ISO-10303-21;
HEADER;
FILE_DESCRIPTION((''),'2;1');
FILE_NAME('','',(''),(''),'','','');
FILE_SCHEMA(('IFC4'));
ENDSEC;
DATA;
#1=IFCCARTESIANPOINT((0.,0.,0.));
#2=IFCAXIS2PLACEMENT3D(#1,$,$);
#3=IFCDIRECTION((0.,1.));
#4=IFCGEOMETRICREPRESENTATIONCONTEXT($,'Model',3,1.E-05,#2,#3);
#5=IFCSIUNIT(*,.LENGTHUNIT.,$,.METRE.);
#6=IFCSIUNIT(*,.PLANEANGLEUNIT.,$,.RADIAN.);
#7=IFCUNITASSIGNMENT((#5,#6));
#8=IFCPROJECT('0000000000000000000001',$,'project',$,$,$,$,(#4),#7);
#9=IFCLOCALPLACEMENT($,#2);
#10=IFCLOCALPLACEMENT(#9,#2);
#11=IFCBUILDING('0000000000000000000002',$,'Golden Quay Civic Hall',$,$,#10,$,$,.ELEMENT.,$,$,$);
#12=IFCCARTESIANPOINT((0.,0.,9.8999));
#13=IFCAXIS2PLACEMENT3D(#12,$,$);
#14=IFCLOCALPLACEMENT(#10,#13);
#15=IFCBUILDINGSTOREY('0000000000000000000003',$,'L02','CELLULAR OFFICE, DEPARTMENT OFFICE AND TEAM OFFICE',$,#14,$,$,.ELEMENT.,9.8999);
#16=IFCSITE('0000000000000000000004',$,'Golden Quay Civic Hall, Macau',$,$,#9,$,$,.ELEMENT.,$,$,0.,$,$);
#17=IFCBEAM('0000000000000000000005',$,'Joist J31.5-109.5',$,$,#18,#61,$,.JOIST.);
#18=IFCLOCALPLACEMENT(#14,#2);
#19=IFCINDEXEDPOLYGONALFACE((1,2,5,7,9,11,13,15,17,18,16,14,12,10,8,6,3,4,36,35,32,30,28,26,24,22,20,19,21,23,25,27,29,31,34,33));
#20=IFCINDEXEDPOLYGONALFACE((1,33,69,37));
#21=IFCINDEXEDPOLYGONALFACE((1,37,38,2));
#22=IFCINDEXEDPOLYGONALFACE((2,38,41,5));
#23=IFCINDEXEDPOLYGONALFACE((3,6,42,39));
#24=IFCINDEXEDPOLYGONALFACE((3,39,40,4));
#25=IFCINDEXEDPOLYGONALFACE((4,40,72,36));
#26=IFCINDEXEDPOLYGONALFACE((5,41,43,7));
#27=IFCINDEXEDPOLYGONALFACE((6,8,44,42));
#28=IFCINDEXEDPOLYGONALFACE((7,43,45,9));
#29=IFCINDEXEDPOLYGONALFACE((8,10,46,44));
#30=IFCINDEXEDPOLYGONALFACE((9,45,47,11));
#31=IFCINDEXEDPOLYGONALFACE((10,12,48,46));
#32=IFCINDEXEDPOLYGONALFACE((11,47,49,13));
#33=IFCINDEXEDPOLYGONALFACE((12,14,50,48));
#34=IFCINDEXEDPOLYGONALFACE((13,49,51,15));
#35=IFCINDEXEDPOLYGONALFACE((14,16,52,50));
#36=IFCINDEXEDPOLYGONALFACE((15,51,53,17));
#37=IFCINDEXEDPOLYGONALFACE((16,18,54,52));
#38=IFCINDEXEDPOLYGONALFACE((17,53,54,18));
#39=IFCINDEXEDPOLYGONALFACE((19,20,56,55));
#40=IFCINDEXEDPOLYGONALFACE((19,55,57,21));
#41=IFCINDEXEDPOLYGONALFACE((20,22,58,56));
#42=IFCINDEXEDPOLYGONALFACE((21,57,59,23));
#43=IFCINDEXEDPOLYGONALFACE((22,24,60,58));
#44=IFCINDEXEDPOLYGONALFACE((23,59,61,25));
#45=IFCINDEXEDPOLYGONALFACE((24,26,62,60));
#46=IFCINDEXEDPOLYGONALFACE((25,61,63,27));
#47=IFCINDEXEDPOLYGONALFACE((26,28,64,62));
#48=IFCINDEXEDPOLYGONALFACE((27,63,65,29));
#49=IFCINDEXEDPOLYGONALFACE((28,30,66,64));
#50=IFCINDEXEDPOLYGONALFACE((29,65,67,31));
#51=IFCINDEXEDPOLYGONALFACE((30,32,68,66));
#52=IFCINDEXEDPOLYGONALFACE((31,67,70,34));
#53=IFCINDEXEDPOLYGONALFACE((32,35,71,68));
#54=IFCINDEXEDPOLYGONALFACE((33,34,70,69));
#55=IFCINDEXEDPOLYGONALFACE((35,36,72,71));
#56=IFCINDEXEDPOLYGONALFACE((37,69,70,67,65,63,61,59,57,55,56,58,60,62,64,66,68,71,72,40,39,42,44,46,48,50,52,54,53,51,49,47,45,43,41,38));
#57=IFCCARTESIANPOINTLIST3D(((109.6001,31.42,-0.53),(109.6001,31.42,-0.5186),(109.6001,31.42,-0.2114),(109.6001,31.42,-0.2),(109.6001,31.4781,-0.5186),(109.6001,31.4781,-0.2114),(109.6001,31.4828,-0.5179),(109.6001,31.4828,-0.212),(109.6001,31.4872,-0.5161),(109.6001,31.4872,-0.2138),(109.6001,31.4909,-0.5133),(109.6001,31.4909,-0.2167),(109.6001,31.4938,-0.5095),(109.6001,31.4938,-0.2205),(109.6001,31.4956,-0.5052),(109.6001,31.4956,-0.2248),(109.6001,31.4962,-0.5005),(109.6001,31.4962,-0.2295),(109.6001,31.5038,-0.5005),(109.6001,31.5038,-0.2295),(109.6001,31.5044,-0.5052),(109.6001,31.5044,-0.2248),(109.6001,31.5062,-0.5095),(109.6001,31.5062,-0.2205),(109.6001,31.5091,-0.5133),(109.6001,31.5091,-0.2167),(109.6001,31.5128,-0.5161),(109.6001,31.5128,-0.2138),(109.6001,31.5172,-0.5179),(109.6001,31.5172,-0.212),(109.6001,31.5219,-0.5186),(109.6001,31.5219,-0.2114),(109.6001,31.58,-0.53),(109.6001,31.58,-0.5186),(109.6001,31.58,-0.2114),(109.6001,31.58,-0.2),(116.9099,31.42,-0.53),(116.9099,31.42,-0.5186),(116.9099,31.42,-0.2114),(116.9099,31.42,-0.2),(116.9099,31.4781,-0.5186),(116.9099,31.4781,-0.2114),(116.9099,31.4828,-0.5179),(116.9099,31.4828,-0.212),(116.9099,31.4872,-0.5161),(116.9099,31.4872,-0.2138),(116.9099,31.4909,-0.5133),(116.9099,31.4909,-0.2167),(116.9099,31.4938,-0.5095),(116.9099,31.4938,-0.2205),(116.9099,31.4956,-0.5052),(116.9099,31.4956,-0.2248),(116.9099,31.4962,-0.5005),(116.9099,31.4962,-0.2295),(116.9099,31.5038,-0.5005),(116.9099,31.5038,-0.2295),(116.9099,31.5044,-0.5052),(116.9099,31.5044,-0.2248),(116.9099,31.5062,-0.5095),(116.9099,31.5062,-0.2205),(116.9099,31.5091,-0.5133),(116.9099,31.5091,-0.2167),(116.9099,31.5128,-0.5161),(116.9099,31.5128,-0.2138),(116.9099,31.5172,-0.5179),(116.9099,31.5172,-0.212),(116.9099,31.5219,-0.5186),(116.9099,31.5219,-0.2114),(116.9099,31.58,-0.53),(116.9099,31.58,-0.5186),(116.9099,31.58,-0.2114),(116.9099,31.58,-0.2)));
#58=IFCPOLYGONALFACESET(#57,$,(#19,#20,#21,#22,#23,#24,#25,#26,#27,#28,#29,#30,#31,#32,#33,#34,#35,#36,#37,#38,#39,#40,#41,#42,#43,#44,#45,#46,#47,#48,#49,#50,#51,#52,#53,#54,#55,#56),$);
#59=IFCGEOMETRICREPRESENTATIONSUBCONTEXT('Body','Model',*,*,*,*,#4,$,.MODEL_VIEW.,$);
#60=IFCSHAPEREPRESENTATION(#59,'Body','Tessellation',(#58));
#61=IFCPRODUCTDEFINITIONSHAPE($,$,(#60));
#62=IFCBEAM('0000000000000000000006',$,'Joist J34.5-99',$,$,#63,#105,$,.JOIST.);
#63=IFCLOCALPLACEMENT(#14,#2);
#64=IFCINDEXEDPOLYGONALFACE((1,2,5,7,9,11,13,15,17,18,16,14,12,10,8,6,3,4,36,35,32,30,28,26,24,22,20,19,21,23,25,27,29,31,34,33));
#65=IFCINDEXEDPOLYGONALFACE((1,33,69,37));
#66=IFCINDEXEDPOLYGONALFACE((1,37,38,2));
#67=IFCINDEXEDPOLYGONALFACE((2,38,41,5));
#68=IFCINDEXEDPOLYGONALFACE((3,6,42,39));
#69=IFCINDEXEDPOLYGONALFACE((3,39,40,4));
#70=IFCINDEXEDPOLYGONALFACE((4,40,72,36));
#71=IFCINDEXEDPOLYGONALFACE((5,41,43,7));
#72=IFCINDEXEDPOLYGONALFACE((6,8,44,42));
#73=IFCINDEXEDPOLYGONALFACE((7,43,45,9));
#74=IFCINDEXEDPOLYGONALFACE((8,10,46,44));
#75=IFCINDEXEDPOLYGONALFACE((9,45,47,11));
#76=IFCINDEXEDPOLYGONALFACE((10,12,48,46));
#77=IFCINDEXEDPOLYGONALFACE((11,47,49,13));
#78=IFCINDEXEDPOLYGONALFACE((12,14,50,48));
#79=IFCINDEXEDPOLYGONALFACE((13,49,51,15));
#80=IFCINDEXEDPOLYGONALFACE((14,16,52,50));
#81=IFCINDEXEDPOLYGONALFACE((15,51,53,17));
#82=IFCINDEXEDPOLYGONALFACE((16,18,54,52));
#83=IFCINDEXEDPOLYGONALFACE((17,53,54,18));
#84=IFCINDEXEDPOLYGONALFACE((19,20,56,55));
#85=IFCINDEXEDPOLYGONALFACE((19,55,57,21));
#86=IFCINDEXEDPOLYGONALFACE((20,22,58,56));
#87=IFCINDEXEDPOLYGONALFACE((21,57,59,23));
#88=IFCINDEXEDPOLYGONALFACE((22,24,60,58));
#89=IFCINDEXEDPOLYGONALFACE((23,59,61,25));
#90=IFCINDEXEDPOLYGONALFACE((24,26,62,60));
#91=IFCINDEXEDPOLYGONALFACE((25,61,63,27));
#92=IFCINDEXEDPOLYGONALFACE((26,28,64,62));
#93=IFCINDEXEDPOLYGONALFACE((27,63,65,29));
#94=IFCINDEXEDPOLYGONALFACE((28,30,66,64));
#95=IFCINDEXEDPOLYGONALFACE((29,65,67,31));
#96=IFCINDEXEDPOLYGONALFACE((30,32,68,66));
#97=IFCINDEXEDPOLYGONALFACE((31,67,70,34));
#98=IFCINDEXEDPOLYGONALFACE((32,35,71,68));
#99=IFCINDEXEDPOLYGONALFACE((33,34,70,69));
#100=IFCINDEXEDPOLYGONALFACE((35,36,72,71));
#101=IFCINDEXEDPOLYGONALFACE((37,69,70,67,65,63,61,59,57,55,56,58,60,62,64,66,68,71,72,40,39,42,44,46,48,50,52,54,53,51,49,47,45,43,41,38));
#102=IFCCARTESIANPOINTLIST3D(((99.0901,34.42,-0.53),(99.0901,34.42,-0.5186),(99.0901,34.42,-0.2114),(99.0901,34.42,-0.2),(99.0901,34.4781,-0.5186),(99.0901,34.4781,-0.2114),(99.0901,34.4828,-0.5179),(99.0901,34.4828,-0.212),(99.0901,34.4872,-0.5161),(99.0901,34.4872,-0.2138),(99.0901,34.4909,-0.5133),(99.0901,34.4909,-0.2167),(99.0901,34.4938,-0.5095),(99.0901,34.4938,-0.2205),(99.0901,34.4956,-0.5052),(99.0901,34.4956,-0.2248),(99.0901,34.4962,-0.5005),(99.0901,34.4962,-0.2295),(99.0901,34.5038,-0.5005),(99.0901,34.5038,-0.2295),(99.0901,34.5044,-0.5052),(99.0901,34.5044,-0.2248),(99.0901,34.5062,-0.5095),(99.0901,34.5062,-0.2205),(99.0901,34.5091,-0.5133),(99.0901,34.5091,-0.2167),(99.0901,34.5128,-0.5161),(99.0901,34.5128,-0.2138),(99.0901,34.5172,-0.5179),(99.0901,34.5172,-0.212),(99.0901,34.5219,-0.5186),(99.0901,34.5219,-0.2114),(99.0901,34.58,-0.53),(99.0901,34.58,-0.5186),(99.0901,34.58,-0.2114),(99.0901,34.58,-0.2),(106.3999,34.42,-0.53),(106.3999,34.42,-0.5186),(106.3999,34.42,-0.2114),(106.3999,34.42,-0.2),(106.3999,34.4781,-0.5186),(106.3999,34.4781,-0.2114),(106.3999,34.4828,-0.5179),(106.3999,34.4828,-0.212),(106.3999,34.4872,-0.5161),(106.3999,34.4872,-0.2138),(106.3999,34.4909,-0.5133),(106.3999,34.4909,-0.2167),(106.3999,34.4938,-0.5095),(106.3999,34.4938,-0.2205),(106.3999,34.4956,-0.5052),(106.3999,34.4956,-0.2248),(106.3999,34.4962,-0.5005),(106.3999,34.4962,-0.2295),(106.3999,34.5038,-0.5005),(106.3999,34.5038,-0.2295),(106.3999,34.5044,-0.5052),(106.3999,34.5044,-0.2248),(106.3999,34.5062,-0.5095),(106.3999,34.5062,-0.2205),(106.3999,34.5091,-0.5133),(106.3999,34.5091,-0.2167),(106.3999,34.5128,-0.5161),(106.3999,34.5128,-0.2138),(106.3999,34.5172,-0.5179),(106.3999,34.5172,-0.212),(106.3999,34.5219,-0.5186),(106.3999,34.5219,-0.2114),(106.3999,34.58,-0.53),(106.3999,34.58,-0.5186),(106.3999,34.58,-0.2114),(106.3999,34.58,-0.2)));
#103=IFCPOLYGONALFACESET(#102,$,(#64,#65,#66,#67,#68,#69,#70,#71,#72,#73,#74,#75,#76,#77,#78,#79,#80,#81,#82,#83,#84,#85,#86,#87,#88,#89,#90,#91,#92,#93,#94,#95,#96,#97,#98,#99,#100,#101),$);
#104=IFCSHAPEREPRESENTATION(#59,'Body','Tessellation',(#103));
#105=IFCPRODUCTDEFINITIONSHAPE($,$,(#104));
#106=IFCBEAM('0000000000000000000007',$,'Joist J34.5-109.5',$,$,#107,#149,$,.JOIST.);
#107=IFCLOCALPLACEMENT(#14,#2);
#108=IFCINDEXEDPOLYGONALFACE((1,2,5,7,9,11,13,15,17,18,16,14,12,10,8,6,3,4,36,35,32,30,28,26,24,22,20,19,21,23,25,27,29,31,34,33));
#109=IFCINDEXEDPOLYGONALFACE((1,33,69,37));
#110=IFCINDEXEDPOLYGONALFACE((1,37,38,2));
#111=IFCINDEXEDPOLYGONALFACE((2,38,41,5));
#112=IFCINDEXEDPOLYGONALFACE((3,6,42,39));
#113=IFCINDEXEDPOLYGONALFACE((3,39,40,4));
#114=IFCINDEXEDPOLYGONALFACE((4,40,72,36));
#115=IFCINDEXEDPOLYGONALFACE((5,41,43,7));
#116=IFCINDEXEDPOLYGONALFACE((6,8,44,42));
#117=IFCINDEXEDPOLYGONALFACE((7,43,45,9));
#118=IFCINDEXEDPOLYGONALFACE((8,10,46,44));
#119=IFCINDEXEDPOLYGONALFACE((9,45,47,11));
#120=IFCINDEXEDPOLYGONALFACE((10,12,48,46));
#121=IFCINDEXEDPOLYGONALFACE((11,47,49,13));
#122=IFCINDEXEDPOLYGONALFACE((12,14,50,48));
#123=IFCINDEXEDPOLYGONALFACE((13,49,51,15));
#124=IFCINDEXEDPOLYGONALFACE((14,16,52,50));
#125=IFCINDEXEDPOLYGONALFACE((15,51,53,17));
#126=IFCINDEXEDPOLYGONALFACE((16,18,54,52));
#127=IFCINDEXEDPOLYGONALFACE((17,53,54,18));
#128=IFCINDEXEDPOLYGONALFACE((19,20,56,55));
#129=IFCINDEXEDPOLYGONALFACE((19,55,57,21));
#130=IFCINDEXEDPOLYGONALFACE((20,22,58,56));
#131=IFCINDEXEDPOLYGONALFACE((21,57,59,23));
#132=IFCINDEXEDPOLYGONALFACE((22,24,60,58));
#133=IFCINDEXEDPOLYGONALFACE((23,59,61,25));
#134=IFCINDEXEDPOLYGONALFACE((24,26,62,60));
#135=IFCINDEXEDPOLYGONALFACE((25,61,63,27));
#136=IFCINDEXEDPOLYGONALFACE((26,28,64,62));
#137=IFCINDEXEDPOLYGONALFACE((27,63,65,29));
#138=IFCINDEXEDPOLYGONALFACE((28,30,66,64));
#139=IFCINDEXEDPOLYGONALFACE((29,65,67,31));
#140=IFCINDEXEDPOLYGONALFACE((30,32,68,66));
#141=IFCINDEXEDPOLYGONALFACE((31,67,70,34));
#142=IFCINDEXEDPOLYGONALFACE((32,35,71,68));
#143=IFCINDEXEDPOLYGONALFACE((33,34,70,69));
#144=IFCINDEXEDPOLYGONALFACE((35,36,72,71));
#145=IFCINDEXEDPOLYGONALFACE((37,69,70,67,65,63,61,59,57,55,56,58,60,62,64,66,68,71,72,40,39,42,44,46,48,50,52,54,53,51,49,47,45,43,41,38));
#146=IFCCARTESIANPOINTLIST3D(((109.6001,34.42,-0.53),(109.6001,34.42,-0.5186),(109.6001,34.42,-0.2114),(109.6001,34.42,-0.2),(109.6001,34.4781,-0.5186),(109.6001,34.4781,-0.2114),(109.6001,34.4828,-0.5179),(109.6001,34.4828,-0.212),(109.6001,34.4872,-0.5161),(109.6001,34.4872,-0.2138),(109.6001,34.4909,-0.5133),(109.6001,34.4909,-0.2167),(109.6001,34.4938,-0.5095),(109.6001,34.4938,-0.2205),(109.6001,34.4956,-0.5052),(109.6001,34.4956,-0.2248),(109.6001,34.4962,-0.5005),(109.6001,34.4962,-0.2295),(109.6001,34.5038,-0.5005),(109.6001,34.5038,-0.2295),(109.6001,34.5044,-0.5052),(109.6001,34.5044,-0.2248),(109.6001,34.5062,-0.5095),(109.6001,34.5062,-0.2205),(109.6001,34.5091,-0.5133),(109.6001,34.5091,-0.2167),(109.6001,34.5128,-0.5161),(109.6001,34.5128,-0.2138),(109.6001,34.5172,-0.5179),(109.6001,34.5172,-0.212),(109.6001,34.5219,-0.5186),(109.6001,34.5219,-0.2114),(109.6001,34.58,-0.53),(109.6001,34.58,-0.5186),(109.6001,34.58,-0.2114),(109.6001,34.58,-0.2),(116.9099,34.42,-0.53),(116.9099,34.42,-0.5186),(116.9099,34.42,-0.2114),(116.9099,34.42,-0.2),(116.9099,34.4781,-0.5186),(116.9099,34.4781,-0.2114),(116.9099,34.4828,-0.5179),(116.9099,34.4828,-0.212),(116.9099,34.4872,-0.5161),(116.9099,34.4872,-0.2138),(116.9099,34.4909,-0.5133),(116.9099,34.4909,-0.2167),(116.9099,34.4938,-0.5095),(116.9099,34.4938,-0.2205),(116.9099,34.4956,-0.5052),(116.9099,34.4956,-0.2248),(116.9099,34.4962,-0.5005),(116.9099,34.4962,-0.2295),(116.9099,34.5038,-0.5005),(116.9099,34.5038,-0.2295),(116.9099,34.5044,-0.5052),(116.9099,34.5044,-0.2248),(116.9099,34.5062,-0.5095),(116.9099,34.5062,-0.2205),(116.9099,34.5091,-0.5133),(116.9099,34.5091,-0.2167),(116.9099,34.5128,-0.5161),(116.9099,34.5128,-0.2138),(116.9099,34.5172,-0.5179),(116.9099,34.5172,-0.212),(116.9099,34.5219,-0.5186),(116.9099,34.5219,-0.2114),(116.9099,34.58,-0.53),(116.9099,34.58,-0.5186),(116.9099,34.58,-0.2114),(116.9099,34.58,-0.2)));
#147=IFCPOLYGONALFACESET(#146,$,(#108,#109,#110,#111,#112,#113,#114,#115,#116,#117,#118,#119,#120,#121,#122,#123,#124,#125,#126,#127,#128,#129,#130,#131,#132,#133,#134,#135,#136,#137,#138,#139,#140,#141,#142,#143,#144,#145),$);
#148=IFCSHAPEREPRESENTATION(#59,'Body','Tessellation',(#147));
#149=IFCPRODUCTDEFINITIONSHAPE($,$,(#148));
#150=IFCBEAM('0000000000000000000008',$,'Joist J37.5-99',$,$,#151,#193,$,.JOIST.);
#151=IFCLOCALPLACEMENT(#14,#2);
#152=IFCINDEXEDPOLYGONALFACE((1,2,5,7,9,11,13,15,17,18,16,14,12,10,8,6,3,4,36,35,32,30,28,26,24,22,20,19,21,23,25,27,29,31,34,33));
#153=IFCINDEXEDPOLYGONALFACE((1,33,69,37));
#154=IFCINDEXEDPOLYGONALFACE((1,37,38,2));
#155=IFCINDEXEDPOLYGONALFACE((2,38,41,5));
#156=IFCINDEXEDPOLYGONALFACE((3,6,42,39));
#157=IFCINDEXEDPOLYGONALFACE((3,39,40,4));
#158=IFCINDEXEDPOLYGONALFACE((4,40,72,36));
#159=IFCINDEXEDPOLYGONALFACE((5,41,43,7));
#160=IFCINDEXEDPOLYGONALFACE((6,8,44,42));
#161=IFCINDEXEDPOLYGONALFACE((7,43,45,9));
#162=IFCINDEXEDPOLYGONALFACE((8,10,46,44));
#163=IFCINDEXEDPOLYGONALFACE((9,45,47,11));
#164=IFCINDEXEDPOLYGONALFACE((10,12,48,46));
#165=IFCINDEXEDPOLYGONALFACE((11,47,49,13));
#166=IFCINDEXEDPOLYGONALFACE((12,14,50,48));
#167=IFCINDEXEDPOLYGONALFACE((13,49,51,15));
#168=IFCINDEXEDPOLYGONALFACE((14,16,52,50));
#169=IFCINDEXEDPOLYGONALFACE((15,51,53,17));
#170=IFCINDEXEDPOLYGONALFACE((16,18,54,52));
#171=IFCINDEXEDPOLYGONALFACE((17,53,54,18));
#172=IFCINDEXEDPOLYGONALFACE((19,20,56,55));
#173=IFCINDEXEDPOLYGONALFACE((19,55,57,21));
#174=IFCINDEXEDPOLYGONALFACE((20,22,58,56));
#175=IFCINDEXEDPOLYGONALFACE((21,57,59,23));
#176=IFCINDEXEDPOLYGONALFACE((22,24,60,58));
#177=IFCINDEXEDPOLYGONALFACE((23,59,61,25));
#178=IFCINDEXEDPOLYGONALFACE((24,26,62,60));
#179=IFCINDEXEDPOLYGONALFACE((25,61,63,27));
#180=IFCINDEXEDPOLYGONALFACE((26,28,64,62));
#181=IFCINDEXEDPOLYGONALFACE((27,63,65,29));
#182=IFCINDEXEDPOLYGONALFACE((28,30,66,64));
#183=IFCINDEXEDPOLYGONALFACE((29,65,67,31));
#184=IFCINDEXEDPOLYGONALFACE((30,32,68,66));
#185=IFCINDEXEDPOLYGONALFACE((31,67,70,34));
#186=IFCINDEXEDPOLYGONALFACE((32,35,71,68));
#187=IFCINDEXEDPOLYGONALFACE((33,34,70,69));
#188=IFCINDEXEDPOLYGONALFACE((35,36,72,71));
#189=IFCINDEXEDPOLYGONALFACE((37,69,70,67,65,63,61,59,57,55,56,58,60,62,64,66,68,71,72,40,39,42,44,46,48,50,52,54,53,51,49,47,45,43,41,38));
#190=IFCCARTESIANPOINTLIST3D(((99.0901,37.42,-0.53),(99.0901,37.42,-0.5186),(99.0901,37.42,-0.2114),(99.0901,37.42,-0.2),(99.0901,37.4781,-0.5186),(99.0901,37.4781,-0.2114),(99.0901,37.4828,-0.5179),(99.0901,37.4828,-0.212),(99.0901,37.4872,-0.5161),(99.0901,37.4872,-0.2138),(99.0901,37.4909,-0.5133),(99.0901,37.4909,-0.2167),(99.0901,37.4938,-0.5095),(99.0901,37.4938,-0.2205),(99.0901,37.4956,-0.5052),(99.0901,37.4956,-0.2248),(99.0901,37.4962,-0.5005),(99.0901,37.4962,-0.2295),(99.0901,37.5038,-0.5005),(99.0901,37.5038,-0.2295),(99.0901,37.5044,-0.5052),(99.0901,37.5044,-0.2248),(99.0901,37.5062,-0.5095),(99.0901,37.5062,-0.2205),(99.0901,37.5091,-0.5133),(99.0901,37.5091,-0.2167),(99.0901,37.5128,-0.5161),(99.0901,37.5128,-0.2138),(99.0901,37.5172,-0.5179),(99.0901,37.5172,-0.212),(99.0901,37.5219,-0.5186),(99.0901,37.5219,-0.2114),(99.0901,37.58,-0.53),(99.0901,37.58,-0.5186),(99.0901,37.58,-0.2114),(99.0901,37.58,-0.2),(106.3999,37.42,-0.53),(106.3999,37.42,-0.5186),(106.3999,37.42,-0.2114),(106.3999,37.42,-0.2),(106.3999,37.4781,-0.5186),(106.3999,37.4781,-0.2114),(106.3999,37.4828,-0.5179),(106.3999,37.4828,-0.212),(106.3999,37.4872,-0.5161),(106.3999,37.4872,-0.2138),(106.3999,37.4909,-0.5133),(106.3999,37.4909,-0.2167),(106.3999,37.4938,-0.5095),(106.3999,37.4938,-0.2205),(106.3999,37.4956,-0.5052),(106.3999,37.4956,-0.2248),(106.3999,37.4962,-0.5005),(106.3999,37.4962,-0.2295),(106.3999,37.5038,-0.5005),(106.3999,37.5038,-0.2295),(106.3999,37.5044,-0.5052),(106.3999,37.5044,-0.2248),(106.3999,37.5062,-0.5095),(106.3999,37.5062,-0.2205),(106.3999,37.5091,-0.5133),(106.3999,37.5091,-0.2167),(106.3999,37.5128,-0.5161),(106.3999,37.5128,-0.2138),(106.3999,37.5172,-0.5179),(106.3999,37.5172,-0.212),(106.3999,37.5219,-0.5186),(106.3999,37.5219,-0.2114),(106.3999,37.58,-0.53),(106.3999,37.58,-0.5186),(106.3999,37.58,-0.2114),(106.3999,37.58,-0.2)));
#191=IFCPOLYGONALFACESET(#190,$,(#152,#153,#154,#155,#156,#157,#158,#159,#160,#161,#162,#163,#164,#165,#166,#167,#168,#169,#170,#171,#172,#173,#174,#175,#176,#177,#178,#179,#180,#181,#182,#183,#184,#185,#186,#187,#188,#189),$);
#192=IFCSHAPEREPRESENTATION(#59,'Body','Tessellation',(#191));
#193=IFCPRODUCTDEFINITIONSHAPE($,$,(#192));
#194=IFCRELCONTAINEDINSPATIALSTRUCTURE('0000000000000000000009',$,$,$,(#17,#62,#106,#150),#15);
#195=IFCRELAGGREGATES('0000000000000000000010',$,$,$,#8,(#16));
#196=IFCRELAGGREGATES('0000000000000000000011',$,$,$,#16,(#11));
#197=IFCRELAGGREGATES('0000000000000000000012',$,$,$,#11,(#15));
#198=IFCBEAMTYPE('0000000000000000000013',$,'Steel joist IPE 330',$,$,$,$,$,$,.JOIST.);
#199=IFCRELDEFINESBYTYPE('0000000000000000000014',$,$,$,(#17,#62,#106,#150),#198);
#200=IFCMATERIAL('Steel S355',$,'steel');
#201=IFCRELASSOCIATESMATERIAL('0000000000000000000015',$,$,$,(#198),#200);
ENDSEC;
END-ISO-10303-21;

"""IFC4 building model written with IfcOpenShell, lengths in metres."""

from ifc_helpers import new_model, si_unit, direction, frame, origin, origin_2d, place, context, subcontext, project, spatial, i_section, extrude, material, material_profile, profile_set, type_object, element, save


model = new_model("IFC4")

# Units and contexts
model_context = context("Model", 3, precision=1e-05, world=origin(), true_north=direction((0.0, 1.0)))
body_context = subcontext(model_context, "Body", "Model", "MODEL_VIEW")
ifc_project = project(units=[si_unit("LENGTHUNIT", "METRE"), si_unit("PLANEANGLEUNIT", "RADIAN")], contexts=[model_context])

# Site, building, storey
site_placement = place(None, origin())
site = spatial("IfcSite", under=ifc_project, at=site_placement, Name="Golden Quay Civic Hall, Macau", CompositionType="ELEMENT", RefElevation=0.0)
building_placement = place(site_placement, origin())
building = spatial("IfcBuilding", under=site, at=building_placement, Name="Golden Quay Civic Hall", CompositionType="ELEMENT")
storey_placement = place(building_placement, frame((0.0, 0.0, 9.8999)))
storey = spatial("IfcBuildingStorey", under=building, at=storey_placement, Name="L02", Description="CELLULAR OFFICE, DEPARTMENT OFFICE AND TEAM OFFICE", CompositionType="ELEMENT", Elevation=9.8999)

# Beams
ifc_material_1 = material(Name="Steel S355", Category="steel")
ifc_material_profile_1 = material_profile(ifc_material_1, i_section(OverallWidth=0.1599, OverallDepth=0.3301, WebThickness=0.0076, FlangeThickness=0.0115, FilletRadius=0.0181, at=origin_2d()), Name="IPE 330")
ifc_profile_set_1 = profile_set([ifc_material_profile_1], Name="Steel S355")
beam_type_1 = type_object("IfcBeamType", Name="Steel joist IPE 330", PredefinedType="JOIST", material=ifc_profile_set_1)
for number, where, z_axis, x_axis, name in (
    (1, (109.6001, 31.5, -0.365), (1.0, 0.0, 0.0), (0.0, 1.0, 0.0), "Joist J31.5-109.5"),
    (2, (99.0901, 34.5, -0.365), (1.0, 0.0, 0.0), (0.0, 1.0, 0.0), "Joist J34.5-99"),
    (3, (109.6001, 34.5, -0.365), (1.0, 0.0, 0.0), (0.0, 1.0, 0.0), "Joist J34.5-109.5"),
    (4, (99.0901, 37.5, -0.365), (1.0, 0.0, 0.0), (0.0, 1.0, 0.0), "Joist J37.5-99"),
):
    element("IfcBeam", number, at=place(storey_placement, frame(where, z_axis=z_axis, x_axis=x_axis)), inside=storey, type_object=beam_type_1, Name=name, PredefinedType="JOIST", context=body_context, shape_type="SweptSolid", body=[
        extrude(i_section(OverallWidth=0.1599, OverallDepth=0.3301, WebThickness=0.0076, FlangeThickness=0.0115, FilletRadius=0.0181, at=origin_2d()), origin(), (0.0, 0.0, 1.0), 7.3098),
    ])

save(model, "model.ifc")
